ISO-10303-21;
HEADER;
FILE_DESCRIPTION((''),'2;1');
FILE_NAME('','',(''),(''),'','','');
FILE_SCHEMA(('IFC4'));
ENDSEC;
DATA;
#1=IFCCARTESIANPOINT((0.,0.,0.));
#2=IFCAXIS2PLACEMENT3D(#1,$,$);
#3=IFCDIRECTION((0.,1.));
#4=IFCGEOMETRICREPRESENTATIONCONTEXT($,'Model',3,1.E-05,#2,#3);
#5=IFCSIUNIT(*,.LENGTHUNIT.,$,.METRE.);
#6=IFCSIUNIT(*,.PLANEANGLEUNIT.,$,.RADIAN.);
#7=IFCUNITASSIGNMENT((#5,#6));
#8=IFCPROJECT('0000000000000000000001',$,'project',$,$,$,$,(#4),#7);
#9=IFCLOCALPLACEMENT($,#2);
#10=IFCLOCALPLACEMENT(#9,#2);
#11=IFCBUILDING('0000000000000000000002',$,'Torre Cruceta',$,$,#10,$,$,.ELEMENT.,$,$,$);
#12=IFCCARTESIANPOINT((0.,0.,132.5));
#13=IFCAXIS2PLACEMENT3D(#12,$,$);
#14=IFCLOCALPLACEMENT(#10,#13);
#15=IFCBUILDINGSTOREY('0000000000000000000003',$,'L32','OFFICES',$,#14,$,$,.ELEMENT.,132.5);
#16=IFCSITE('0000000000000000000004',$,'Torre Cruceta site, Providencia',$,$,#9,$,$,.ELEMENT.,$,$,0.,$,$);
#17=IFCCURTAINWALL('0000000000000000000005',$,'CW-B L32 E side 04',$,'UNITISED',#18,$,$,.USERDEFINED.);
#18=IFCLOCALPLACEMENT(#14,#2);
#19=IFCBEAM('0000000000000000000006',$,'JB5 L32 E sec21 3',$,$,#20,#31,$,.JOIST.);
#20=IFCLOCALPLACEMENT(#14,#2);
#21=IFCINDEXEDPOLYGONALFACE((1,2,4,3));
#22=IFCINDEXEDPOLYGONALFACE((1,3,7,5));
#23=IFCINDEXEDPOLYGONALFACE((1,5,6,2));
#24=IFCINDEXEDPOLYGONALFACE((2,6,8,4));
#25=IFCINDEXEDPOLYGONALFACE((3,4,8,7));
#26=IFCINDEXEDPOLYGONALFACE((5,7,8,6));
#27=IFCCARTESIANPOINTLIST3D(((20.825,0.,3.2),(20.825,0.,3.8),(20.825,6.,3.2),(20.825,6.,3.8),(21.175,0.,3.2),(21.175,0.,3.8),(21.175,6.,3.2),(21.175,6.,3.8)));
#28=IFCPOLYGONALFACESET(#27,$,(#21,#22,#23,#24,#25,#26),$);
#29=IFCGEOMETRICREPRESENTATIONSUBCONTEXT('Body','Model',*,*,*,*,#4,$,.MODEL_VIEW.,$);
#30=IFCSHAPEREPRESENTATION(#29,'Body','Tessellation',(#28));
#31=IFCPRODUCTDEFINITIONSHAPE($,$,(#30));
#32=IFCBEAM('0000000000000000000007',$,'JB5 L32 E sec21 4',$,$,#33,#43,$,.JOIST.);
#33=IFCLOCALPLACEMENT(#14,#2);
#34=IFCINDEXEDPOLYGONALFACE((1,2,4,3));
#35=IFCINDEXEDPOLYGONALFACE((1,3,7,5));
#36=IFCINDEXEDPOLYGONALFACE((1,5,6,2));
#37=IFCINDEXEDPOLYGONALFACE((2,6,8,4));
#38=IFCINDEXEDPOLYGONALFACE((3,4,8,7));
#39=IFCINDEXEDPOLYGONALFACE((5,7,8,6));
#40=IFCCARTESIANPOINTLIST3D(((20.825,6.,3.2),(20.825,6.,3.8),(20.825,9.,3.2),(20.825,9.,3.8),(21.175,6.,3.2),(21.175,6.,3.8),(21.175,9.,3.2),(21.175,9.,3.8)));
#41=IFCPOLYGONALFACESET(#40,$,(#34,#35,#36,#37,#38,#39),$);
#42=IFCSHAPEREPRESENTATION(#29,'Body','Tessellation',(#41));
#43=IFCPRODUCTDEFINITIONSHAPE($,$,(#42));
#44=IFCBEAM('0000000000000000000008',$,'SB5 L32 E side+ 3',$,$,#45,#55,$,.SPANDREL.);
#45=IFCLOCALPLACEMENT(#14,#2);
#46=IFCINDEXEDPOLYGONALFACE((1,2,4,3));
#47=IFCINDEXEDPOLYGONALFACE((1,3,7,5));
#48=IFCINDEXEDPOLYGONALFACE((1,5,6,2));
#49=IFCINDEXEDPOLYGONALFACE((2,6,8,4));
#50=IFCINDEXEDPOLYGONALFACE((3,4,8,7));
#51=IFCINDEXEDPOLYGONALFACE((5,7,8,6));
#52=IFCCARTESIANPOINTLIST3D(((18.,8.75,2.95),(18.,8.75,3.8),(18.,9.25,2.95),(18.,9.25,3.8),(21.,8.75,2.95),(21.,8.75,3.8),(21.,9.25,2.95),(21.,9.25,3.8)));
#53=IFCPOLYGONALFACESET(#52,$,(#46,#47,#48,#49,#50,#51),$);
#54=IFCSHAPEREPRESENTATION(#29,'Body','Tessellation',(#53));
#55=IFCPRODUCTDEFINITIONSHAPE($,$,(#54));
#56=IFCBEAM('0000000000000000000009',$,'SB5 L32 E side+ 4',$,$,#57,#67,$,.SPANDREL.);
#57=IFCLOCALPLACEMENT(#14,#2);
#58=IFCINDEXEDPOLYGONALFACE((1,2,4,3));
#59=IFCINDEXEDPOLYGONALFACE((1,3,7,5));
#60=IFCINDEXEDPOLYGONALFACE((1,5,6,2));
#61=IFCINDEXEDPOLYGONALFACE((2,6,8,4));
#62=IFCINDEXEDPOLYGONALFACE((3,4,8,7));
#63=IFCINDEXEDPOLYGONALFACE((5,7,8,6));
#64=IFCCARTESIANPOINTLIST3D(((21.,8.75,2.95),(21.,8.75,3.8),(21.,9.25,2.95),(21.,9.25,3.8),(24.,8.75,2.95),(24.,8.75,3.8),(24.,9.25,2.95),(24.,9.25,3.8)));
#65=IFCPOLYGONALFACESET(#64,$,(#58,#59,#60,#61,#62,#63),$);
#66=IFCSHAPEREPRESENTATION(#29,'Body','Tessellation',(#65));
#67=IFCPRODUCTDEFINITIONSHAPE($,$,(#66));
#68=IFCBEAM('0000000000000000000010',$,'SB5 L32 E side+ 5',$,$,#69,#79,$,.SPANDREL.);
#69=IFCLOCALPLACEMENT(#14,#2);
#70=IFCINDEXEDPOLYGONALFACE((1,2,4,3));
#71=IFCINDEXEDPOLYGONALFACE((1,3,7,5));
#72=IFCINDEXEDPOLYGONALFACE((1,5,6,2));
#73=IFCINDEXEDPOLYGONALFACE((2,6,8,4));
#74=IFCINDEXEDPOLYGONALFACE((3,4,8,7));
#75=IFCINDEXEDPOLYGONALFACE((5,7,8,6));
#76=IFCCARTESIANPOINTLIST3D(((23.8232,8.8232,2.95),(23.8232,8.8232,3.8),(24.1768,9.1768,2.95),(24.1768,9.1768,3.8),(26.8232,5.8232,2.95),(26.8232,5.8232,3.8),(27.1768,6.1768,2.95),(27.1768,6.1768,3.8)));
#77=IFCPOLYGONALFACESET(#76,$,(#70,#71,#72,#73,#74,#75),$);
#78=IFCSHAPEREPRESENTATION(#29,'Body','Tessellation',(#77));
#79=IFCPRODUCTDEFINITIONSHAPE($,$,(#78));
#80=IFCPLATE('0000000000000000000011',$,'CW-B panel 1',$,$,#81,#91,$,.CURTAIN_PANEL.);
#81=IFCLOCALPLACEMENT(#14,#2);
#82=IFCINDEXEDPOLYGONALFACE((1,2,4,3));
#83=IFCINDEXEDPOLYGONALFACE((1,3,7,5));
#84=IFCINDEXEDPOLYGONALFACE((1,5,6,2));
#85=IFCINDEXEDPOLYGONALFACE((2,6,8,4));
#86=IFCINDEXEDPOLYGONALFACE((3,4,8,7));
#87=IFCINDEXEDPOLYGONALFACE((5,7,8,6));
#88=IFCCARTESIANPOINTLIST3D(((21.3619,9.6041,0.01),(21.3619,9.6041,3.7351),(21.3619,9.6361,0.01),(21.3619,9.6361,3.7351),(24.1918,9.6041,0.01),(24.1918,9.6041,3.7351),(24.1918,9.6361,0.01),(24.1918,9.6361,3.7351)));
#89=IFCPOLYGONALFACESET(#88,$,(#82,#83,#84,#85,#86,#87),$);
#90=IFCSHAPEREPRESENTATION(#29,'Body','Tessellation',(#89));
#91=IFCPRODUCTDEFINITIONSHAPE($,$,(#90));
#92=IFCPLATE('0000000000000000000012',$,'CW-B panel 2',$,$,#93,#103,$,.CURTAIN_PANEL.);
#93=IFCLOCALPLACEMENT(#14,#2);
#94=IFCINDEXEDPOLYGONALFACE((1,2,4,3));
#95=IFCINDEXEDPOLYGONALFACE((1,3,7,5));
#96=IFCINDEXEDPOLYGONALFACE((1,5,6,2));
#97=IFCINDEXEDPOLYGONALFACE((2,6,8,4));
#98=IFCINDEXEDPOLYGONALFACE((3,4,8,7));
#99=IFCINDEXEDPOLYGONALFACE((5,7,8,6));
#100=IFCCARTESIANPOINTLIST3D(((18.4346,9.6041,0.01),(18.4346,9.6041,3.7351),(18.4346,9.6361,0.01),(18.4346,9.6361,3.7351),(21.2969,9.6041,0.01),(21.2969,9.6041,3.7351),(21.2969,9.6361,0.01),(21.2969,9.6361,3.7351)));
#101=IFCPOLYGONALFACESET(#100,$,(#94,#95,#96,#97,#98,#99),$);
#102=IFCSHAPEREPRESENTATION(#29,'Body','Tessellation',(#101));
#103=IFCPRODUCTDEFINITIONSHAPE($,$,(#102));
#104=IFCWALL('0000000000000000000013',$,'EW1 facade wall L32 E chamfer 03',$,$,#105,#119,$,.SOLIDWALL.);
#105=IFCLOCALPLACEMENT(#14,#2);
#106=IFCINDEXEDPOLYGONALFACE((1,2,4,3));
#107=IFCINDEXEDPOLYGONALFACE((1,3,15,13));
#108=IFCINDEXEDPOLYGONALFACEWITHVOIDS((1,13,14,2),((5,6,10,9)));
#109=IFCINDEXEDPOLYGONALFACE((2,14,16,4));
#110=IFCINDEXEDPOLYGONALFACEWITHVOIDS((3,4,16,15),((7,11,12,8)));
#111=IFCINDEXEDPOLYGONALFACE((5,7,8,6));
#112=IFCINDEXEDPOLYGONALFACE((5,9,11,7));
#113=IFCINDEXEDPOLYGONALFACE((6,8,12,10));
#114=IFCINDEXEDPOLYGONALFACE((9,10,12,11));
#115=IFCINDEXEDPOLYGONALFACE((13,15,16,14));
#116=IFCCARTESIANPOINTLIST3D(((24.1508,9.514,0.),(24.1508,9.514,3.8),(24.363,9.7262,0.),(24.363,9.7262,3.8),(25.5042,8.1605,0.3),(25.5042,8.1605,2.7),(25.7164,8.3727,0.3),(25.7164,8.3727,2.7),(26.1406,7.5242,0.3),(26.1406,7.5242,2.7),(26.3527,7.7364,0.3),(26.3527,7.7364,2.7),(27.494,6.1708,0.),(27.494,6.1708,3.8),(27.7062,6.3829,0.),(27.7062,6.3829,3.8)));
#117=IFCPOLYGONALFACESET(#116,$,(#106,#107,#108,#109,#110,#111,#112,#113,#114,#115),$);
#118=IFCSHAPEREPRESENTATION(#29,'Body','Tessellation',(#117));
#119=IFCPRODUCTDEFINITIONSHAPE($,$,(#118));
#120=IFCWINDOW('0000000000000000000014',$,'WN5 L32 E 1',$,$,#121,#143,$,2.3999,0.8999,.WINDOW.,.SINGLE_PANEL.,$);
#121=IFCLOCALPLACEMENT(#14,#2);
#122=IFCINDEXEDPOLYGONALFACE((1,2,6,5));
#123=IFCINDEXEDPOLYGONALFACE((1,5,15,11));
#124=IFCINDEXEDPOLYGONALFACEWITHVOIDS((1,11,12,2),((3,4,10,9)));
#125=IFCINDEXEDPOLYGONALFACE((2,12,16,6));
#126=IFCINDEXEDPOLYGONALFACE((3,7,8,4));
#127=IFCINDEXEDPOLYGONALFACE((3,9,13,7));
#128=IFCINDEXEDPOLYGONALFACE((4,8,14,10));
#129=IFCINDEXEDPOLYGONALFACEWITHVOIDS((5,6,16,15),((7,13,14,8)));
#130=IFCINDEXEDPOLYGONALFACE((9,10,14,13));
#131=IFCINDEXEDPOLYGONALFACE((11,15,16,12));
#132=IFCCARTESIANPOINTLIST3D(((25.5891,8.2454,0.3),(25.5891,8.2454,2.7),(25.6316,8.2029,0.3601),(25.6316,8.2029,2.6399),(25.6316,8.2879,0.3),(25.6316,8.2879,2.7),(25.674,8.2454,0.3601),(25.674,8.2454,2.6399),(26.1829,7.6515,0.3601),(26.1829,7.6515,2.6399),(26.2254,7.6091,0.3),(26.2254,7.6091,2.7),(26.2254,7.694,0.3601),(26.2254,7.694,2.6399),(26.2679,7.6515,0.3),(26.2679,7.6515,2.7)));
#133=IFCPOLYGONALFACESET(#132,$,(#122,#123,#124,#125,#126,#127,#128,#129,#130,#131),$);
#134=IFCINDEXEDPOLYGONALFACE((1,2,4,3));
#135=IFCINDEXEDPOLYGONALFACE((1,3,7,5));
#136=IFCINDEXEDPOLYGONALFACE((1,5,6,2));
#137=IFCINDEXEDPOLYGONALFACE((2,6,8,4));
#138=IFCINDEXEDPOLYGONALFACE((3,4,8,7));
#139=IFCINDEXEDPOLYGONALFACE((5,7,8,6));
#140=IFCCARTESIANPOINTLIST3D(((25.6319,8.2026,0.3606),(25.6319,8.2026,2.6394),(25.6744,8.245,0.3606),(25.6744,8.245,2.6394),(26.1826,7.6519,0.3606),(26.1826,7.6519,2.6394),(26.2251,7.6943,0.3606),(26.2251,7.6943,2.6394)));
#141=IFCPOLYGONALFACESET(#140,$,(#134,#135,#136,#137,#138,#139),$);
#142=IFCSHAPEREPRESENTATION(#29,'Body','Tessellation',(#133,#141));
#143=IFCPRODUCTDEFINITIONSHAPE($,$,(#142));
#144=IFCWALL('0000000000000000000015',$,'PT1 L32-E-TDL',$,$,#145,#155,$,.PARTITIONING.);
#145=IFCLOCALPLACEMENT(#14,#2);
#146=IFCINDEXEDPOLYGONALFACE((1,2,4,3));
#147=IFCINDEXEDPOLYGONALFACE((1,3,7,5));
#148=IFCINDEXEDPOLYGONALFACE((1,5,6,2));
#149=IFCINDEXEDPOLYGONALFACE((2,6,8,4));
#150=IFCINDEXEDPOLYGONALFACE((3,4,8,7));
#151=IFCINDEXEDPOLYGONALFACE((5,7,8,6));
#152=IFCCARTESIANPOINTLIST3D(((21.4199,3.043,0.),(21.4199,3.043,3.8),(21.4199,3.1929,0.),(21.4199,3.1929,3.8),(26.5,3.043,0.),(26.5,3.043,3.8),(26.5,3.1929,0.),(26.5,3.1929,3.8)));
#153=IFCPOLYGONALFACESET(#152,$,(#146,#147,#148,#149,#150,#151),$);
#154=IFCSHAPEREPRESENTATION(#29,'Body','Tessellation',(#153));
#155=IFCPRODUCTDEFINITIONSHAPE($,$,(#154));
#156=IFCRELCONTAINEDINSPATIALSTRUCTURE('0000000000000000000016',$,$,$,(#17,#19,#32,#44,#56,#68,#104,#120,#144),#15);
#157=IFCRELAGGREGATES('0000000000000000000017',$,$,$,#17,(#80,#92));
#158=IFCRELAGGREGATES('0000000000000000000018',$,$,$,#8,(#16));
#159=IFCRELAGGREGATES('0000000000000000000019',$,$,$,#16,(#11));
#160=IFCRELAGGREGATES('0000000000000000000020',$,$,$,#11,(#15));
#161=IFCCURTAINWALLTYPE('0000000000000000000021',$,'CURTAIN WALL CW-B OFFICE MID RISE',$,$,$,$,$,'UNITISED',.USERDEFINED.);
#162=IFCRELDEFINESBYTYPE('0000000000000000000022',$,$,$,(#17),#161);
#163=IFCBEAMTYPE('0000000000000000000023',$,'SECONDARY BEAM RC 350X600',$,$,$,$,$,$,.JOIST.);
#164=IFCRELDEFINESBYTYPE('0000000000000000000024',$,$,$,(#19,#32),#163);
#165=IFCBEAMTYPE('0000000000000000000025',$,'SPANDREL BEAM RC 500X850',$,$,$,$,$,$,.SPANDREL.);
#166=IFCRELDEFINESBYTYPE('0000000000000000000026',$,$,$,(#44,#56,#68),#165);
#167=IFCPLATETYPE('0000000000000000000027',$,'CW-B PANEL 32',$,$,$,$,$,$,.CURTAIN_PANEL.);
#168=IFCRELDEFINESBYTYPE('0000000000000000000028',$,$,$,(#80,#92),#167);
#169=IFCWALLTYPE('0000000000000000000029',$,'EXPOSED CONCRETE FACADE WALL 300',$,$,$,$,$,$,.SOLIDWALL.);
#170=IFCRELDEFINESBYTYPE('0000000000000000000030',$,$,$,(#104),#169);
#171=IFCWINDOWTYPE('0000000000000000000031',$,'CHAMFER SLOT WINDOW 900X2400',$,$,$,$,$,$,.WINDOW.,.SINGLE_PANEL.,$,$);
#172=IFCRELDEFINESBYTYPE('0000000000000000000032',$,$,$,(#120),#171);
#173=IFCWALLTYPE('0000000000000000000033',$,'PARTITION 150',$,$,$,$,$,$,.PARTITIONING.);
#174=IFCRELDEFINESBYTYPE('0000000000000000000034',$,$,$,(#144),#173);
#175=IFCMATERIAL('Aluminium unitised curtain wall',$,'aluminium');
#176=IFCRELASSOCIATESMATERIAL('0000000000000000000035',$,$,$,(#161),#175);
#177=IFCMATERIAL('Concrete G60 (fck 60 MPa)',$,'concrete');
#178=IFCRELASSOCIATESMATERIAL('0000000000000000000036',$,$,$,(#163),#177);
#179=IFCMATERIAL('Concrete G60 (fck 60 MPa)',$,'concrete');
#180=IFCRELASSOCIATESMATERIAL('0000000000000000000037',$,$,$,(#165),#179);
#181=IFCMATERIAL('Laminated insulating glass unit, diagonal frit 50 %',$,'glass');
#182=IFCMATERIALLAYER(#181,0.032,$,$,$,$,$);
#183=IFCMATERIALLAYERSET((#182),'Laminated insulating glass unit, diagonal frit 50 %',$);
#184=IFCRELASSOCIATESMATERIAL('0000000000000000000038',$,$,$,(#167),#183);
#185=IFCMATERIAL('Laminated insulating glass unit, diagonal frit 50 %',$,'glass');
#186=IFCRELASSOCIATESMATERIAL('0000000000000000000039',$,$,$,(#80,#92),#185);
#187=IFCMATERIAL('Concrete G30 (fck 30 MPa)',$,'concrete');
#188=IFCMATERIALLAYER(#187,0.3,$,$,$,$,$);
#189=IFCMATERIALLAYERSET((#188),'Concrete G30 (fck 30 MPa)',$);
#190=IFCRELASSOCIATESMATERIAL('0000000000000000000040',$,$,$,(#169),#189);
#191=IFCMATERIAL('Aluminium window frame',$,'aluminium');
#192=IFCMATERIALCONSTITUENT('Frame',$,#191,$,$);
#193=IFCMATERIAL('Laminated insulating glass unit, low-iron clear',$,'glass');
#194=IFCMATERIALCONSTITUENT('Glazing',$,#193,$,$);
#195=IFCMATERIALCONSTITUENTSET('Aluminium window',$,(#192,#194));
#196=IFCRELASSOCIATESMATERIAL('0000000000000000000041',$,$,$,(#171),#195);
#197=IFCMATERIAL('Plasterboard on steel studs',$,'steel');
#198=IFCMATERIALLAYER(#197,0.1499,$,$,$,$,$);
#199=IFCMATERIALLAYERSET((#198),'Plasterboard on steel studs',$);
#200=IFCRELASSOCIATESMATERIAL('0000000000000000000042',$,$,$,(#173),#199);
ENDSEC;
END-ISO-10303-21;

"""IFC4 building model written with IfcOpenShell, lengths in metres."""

from ifc_helpers import new_model, si_unit, direction, frame, frame_2d, origin, origin_2d, place, context, subcontext, project, spatial, rectangle, hollow_rectangle, extrude, material, layer, layer_set, constituent, constituent_set, material_profile, profile_set, type_object, element, fill, aggregate, save


model = new_model("IFC4")

# Units and contexts
model_context = context("Model", 3, precision=1e-05, world=origin(), true_north=direction((0.0, 1.0)))
body_context = subcontext(model_context, "Body", "Model", "MODEL_VIEW")
ifc_project = project(units=[si_unit("LENGTHUNIT", "METRE"), si_unit("PLANEANGLEUNIT", "RADIAN")], contexts=[model_context])

# Site, building, storey
site_placement = place(None, origin())
site = spatial("IfcSite", under=ifc_project, at=site_placement, Name="Torre Cruceta site, Providencia", CompositionType="ELEMENT", RefElevation=0.0)
building_placement = place(site_placement, origin())
building = spatial("IfcBuilding", under=site, at=building_placement, Name="Torre Cruceta", CompositionType="ELEMENT")
storey_placement = place(building_placement, frame((0.0, 0.0, 132.5)))
storey = spatial("IfcBuildingStorey", under=building, at=storey_placement, Name="L32", Description="OFFICES", CompositionType="ELEMENT", Elevation=132.5)

# Curtain wall
ifc_material_1 = material(Name="Aluminium unitised curtain wall", Category="aluminium")
curtain_wall_type = type_object("IfcCurtainWallType", Name="CURTAIN WALL CW-B OFFICE MID RISE", ElementType="UNITISED", PredefinedType="USERDEFINED", material=ifc_material_1)
curtain_wall_placement = place(storey_placement, origin())
curtain_wall = element("IfcCurtainWall", 1, at=curtain_wall_placement, inside=storey, type_object=curtain_wall_type, Name="CW-B L32 E side 04", ObjectType="UNITISED", PredefinedType="USERDEFINED")

# Beams
ifc_material_2 = material(Name="Concrete G60 (fck 60 MPa)", Category="concrete")
ifc_material_profile_1 = material_profile(ifc_material_2, rectangle(XDim=0.3501, YDim=0.6001, at=origin_2d()), Name="RC 350X600")
ifc_profile_set_1 = profile_set([ifc_material_profile_1], Name="Concrete G60 (fck 60 MPa)")
beam_type_1 = type_object("IfcBeamType", Name="SECONDARY BEAM RC 350X600", PredefinedType="JOIST", material=ifc_profile_set_1)
beam_1_placement = place(storey_placement, frame((21.0, 0.0, 3.5), z_axis=(0.0, 1.0, 0.0), x_axis=(-1.0, 0.0, 0.0)))
element("IfcBeam", 2, at=beam_1_placement, inside=storey, type_object=beam_type_1, Name="JB5 L32 E sec21 3", PredefinedType="JOIST", context=body_context, shape_type="SweptSolid", body=[
    extrude(rectangle(XDim=0.3501, YDim=0.6001, at=origin_2d()), origin(), (0.0, 0.0, 1.0), 6.0),
])
beam_2_placement = place(storey_placement, frame((21.0, 6.0, 3.5), z_axis=(0.0, 1.0, 0.0), x_axis=(-1.0, 0.0, 0.0)))
element("IfcBeam", 3, at=beam_2_placement, inside=storey, type_object=beam_type_1, Name="JB5 L32 E sec21 4", PredefinedType="JOIST", context=body_context, shape_type="SweptSolid", body=[
    extrude(rectangle(XDim=0.3501, YDim=0.6001, at=origin_2d()), origin(), (0.0, 0.0, 1.0), 3.0),
])
ifc_material_3 = material(Name="Concrete G60 (fck 60 MPa)", Category="concrete")
ifc_material_profile_2 = material_profile(ifc_material_3, rectangle(XDim=0.5, YDim=0.8501, at=origin_2d()), Name="RC 500X850")
ifc_profile_set_2 = profile_set([ifc_material_profile_2], Name="Concrete G60 (fck 60 MPa)")
beam_type_2 = type_object("IfcBeamType", Name="SPANDREL BEAM RC 500X850", PredefinedType="SPANDREL", material=ifc_profile_set_2)
for number, where, z_axis, x_axis, name in (
    (4, (18.0, 9.0, 3.375), (1.0, 0.0, 0.0), (0.0, 1.0, 0.0), "SB5 L32 E side+ 3"),
    (5, (21.0, 9.0, 3.375), (1.0, 0.0, 0.0), (0.0, 1.0, 0.0), "SB5 L32 E side+ 4"),
):
    element("IfcBeam", number, at=place(storey_placement, frame(where, z_axis=z_axis, x_axis=x_axis)), inside=storey, type_object=beam_type_2, Name=name, PredefinedType="SPANDREL", context=body_context, shape_type="SweptSolid", body=[
        extrude(rectangle(XDim=0.5, YDim=0.8501, at=origin_2d()), origin(), (0.0, 0.0, 1.0), 3.0),
    ])
beam_3_placement = place(storey_placement, frame((24.0, 9.0, 3.375), z_axis=(0.707107, -0.707107, 0.0), x_axis=(0.707107, 0.707107, 0.0)))
element("IfcBeam", 6, at=beam_3_placement, inside=storey, type_object=beam_type_2, Name="SB5 L32 E side+ 5", PredefinedType="SPANDREL", context=body_context, shape_type="SweptSolid", body=[
    extrude(rectangle(XDim=0.5, YDim=0.8501, at=origin_2d()), origin(), (0.0, 0.0, 1.0), 4.2427),
])

# Plates
ifc_material_4 = material(Name="Laminated insulating glass unit, diagonal frit 50 %", Category="glass")
ifc_material_5 = material(Name="Laminated insulating glass unit, diagonal frit 50 %", Category="glass")
ifc_layer_1 = layer(ifc_material_5, 0.032)
ifc_layer_set_1 = layer_set([ifc_layer_1], Name="Laminated insulating glass unit, diagonal frit 50 %")
plate_type = type_object("IfcPlateType", Name="CW-B PANEL 32", PredefinedType="CURTAIN_PANEL", material=ifc_layer_set_1)
plate_1_placement = place(storey_placement, frame((22.7769, 9.6201, 0.01), z_axis=(0.0, 0.0, 1.0), x_axis=(-1.0, 0.0, 0.0)))
plate_1 = element("IfcPlate", 7, at=plate_1_placement, type_object=plate_type, material=ifc_material_4, Name="CW-B panel 1", PredefinedType="CURTAIN_PANEL", context=body_context, shape_type="SweptSolid", body=[
    extrude(rectangle(XDim=2.8298, YDim=0.032, at=origin_2d()), origin(), (0.0, 0.0, 1.0), 3.7251),
])
plate_2_placement = place(storey_placement, frame((19.8657, 9.6201, 0.01), z_axis=(0.0, 0.0, 1.0), x_axis=(-1.0, 0.0, 0.0)))
plate_2 = element("IfcPlate", 8, at=plate_2_placement, type_object=plate_type, material=ifc_material_4, Name="CW-B panel 2", PredefinedType="CURTAIN_PANEL", context=body_context, shape_type="SweptSolid", body=[
    extrude(rectangle(XDim=2.8623, YDim=0.032, at=origin_2d()), origin(), (0.0, 0.0, 1.0), 3.7251),
])
aggregate(curtain_wall, [plate_1, plate_2])

# Wall, opening, window
ifc_material_6 = material(Name="Concrete G30 (fck 30 MPa)", Category="concrete")
ifc_layer_2 = layer(ifc_material_6, 0.3)
ifc_layer_set_2 = layer_set([ifc_layer_2], Name="Concrete G30 (fck 30 MPa)")
wall_type_1 = type_object("IfcWallType", Name="EXPOSED CONCRETE FACADE WALL 300", PredefinedType="SOLIDWALL", material=ifc_layer_set_2)
wall_1_placement = place(storey_placement, frame((27.6001, 6.2769, 0.0), z_axis=(0.0, 0.0, 1.0), x_axis=(-0.707107, 0.707107, 0.0)))
wall_1 = element("IfcWall", 9, at=wall_1_placement, inside=storey, type_object=wall_type_1, Name="EW1 facade wall L32 E chamfer 03", PredefinedType="SOLIDWALL", context=body_context, shape_type="SweptSolid", body=[
    extrude(rectangle(XDim=4.728, YDim=0.3, at=frame_2d((2.364, 0.0))), origin(), (0.0, 0.0, 1.0), 3.8),
])
opening_1_placement = place(wall_1_placement, frame((1.9141, 0.0, 0.3)))
opening_1 = element("IfcOpeningElement", 10, at=opening_1_placement, cuts=wall_1, PredefinedType="OPENING", context=body_context, shape_type="SweptSolid", body=[
    extrude(rectangle(XDim=0.8999, YDim=2.3999, at=frame_2d((0.45, 1.2))), frame((0.0, 0.1599, 0.0), z_axis=(0.0, -1.0, 0.0), x_axis=(1.0, 0.0, 0.0)), (0.0, 0.0, 1.0), 0.3201),
])
ifc_material_7 = material(Name="Aluminium window frame", Category="aluminium")
ifc_constituent_1 = constituent(ifc_material_7, Name="Frame")
ifc_material_8 = material(Name="Laminated insulating glass unit, low-iron clear", Category="glass")
ifc_constituent_2 = constituent(ifc_material_8, Name="Glazing")
ifc_constituent_set_1 = constituent_set(constituents=[ifc_constituent_1, ifc_constituent_2], Name="Aluminium window")
window_type = type_object("IfcWindowType", Name="CHAMFER SLOT WINDOW 900X2400", PartitioningType="SINGLE_PANEL", PredefinedType="WINDOW", material=ifc_constituent_set_1)
window_placement = place(opening_1_placement, origin())
window = element("IfcWindow", 11, at=window_placement, inside=storey, type_object=window_type, Name="WN5 L32 E 1", OverallHeight=2.3999, OverallWidth=0.8999, PartitioningType="SINGLE_PANEL", PredefinedType="WINDOW", context=body_context, shape_type="SweptSolid", body=[
    extrude(hollow_rectangle(XDim=0.8999, YDim=2.3999, WallThickness=0.0601, at=frame_2d((0.45, 1.2))), frame((0.0, 0.03, 0.0), z_axis=(0.0, -1.0, 0.0), x_axis=(1.0, 0.0, 0.0)), (0.0, 0.0, 1.0), 0.0601),
    extrude(rectangle(XDim=0.7788, YDim=2.2788, at=frame_2d((0.45, 1.2))), frame((0.0, 0.03, 0.0), z_axis=(0.0, -1.0, 0.0), x_axis=(1.0, 0.0, 0.0)), (0.0, 0.0, 1.0), 0.0601),
])
fill(opening_1, window)

# Wall
ifc_material_9 = material(Name="Plasterboard on steel studs", Category="steel")
ifc_layer_3 = layer(ifc_material_9, 0.1499)
ifc_layer_set_3 = layer_set([ifc_layer_3], Name="Plasterboard on steel studs")
wall_type_2 = type_object("IfcWallType", Name="PARTITION 150", PredefinedType="PARTITIONING", material=ifc_layer_set_3)
wall_2_placement = place(storey_placement, frame((21.4199, 3.1179, 0.0), z_axis=(0.0, 0.0, 1.0), x_axis=(1.0, 0.0, 0.0)))
element("IfcWall", 12, at=wall_2_placement, inside=storey, type_object=wall_type_2, Name="PT1 L32-E-TDL", PredefinedType="PARTITIONING", context=body_context, shape_type="SweptSolid", body=[
    extrude(rectangle(XDim=5.0801, YDim=0.1499, at=frame_2d((2.54, 0.0))), origin(), (0.0, 0.0, 1.0), 3.8),
])

save(model, "model.ifc")
